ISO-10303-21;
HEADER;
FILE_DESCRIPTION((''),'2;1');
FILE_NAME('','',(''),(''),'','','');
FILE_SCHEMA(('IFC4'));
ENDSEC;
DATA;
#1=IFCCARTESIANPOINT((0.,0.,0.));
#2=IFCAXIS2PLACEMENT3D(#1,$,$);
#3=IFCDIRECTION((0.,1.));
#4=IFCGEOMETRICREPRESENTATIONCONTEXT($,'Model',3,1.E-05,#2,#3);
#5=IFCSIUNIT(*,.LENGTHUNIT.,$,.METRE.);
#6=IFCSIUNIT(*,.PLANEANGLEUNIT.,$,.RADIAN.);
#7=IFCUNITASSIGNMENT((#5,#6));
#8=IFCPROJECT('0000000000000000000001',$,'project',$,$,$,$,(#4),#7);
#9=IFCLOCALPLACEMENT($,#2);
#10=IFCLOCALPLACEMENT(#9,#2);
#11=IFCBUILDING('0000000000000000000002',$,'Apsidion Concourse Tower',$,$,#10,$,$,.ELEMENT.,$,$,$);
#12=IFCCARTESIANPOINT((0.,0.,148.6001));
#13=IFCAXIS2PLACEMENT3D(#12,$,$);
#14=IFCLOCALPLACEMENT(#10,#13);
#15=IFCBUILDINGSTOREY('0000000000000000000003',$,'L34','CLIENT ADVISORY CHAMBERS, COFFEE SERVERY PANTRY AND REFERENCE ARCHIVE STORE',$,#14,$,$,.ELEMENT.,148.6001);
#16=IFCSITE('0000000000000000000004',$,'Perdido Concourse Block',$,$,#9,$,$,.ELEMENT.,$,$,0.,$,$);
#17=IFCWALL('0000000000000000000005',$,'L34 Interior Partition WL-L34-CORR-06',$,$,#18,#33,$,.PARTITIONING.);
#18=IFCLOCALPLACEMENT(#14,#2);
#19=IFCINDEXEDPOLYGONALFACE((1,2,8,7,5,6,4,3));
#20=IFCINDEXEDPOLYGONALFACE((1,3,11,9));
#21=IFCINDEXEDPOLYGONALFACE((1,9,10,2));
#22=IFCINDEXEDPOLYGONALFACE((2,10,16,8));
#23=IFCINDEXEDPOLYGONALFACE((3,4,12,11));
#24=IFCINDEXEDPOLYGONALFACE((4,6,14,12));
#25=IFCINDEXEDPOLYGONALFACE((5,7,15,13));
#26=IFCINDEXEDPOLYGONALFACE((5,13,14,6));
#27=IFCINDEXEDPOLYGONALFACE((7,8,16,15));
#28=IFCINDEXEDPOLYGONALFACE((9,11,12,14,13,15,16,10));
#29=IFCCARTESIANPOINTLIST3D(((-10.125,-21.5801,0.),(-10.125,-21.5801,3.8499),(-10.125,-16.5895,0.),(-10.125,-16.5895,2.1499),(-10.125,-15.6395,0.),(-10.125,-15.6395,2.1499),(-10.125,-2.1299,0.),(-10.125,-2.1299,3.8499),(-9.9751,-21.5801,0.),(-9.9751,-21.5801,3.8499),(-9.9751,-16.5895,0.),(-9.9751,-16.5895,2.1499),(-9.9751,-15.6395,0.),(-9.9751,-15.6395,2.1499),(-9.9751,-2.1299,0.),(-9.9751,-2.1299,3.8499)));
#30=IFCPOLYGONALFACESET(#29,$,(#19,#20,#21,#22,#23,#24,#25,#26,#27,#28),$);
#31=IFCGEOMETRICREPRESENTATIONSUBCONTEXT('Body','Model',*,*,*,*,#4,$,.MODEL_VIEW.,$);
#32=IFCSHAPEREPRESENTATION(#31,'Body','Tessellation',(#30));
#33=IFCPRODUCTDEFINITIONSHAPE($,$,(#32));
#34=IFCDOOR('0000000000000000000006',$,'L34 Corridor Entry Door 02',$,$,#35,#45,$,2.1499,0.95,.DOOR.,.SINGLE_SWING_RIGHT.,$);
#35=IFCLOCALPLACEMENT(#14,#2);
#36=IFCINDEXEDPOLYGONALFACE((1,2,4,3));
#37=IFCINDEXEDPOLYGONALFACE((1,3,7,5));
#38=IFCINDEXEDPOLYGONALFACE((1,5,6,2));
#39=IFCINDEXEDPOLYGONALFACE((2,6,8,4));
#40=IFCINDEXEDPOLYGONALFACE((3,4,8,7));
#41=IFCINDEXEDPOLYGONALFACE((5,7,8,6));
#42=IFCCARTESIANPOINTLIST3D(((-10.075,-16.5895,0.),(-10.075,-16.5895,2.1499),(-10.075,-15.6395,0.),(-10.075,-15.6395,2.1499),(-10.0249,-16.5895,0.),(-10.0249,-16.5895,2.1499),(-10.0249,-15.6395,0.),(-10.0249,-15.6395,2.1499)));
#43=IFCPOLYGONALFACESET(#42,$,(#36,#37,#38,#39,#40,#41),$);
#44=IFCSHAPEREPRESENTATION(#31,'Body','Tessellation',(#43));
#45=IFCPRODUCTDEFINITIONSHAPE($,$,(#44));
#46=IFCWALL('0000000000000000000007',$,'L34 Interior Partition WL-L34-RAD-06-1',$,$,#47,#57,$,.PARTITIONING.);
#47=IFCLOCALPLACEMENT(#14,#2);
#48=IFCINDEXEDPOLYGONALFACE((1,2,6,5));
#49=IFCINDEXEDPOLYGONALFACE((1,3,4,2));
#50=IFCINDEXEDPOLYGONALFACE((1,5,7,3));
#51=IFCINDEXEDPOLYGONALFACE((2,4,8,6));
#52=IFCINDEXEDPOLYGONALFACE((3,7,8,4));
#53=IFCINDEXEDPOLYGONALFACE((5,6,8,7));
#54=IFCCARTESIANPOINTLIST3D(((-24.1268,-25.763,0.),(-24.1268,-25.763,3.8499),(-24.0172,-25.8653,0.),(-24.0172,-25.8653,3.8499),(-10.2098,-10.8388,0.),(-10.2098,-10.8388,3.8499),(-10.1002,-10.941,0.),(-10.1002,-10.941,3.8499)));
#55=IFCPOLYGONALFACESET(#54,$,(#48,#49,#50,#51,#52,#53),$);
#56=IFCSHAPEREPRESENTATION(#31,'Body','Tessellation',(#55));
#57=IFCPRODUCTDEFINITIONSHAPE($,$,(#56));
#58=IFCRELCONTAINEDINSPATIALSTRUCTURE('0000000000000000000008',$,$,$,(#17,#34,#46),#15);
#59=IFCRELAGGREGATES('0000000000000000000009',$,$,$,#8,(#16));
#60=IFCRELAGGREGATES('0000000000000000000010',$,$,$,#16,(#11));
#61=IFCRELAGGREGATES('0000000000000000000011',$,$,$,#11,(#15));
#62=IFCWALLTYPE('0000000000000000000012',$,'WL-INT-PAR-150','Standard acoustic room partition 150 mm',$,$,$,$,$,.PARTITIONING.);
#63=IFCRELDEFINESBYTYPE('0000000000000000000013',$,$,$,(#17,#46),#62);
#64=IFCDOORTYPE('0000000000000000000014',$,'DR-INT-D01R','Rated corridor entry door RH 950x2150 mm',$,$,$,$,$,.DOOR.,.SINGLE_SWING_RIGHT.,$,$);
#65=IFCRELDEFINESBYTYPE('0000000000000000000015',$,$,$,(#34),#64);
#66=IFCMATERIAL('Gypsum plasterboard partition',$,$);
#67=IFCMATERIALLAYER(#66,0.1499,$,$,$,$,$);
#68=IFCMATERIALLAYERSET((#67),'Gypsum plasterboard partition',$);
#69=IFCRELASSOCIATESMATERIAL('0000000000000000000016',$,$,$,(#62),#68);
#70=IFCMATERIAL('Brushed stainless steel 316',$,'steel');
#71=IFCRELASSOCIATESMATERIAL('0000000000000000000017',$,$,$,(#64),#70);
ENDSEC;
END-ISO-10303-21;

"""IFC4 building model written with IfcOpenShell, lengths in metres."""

from ifc_helpers import new_model, si_unit, direction, frame, frame_2d, origin, place, context, subcontext, project, spatial, rectangle, extrude, material, layer, layer_set, type_object, element, fill, save


model = new_model("IFC4")

# Units and contexts
model_context = context("Model", 3, precision=1e-05, world=origin(), true_north=direction((0.0, 1.0)))
body_context = subcontext(model_context, "Body", "Model", "MODEL_VIEW")
ifc_project = project(units=[si_unit("LENGTHUNIT", "METRE"), si_unit("PLANEANGLEUNIT", "RADIAN")], contexts=[model_context])

# Site, building, storey
site_placement = place(None, origin())
site = spatial("IfcSite", under=ifc_project, at=site_placement, Name="Perdido Concourse Block", CompositionType="ELEMENT", RefElevation=0.0)
building_placement = place(site_placement, origin())
building = spatial("IfcBuilding", under=site, at=building_placement, Name="Apsidion Concourse Tower", CompositionType="ELEMENT")
storey_placement = place(building_placement, frame((0.0, 0.0, 148.6001)))
storey = spatial("IfcBuildingStorey", under=building, at=storey_placement, Name="L34", Description="CLIENT ADVISORY CHAMBERS, COFFEE SERVERY PANTRY AND REFERENCE ARCHIVE STORE", CompositionType="ELEMENT", Elevation=148.6001)

# Wall, opening, door
ifc_material_1 = material(Name="Gypsum plasterboard partition")
ifc_layer_1 = layer(ifc_material_1, 0.1499)
ifc_layer_set_1 = layer_set([ifc_layer_1], Name="Gypsum plasterboard partition")
wall_type_1 = type_object("IfcWallType", Name="WL-INT-PAR-150", Description="Standard acoustic room partition 150 mm", PredefinedType="PARTITIONING", material=ifc_layer_set_1)
wall_1_placement = place(storey_placement, frame((-10.05, -21.5801, 0.0), z_axis=(0.0, 0.0, 1.0), x_axis=(0.0, 1.0, 0.0)))
wall_1 = element("IfcWall", 1, at=wall_1_placement, inside=storey, type_object=wall_type_1, Name="L34 Interior Partition WL-L34-CORR-06", PredefinedType="PARTITIONING", context=body_context, shape_type="SweptSolid", body=[
    extrude(rectangle(XDim=19.4502, YDim=0.1499, at=frame_2d((9.7251, 0.0))), origin(), (0.0, 0.0, 1.0), 3.8499),
])
opening_1_placement = place(wall_1_placement, frame((4.9905, 0.0, 0.0)))
opening_1 = element("IfcOpeningElement", 2, at=opening_1_placement, cuts=wall_1, PredefinedType="OPENING", context=body_context, shape_type="SweptSolid", body=[
    extrude(rectangle(XDim=0.95, YDim=2.1499, at=frame_2d((0.4751, 1.075))), frame((0.0, 0.085, 0.0), z_axis=(0.0, -1.0, 0.0), x_axis=(1.0, 0.0, 0.0)), (0.0, 0.0, 1.0), 0.1699),
])
ifc_material_2 = material(Name="Brushed stainless steel 316", Category="steel")
door_type_1 = type_object("IfcDoorType", Name="DR-INT-D01R", Description="Rated corridor entry door RH 950x2150 mm", OperationType="SINGLE_SWING_RIGHT", PredefinedType="DOOR", material=ifc_material_2)
door_1_placement = place(opening_1_placement, origin())
door_1 = element("IfcDoor", 3, at=door_1_placement, inside=storey, type_object=door_type_1, Name="L34 Corridor Entry Door 02", OperationType="SINGLE_SWING_RIGHT", OverallHeight=2.1499, OverallWidth=0.95, PredefinedType="DOOR", context=body_context, shape_type="SweptSolid", body=[
    extrude(rectangle(XDim=0.95, YDim=2.1499, at=frame_2d((0.4751, 1.075))), frame((0.0, 0.0249, 0.0), z_axis=(0.0, -1.0, 0.0), x_axis=(1.0, 0.0, 0.0)), (0.0, 0.0, 1.0), 0.05),
])
fill(opening_1, door_1)

# Wall
wall_2_placement = place(storey_placement, frame((-10.155, -10.8899, 0.0), z_axis=(0.0, 0.0, 1.0), x_axis=(-0.681994, -0.731358, 0.0)))
element("IfcWall", 4, at=wall_2_placement, inside=storey, type_object=wall_type_1, Name="L34 Interior Partition WL-L34-RAD-06-1", PredefinedType="PARTITIONING", context=body_context, shape_type="SweptSolid", body=[
    extrude(rectangle(XDim=20.4062, YDim=0.1499, at=frame_2d((10.2031, 0.0))), origin(), (0.0, 0.0, 1.0), 3.8499),
])

save(model, "model.ifc")
